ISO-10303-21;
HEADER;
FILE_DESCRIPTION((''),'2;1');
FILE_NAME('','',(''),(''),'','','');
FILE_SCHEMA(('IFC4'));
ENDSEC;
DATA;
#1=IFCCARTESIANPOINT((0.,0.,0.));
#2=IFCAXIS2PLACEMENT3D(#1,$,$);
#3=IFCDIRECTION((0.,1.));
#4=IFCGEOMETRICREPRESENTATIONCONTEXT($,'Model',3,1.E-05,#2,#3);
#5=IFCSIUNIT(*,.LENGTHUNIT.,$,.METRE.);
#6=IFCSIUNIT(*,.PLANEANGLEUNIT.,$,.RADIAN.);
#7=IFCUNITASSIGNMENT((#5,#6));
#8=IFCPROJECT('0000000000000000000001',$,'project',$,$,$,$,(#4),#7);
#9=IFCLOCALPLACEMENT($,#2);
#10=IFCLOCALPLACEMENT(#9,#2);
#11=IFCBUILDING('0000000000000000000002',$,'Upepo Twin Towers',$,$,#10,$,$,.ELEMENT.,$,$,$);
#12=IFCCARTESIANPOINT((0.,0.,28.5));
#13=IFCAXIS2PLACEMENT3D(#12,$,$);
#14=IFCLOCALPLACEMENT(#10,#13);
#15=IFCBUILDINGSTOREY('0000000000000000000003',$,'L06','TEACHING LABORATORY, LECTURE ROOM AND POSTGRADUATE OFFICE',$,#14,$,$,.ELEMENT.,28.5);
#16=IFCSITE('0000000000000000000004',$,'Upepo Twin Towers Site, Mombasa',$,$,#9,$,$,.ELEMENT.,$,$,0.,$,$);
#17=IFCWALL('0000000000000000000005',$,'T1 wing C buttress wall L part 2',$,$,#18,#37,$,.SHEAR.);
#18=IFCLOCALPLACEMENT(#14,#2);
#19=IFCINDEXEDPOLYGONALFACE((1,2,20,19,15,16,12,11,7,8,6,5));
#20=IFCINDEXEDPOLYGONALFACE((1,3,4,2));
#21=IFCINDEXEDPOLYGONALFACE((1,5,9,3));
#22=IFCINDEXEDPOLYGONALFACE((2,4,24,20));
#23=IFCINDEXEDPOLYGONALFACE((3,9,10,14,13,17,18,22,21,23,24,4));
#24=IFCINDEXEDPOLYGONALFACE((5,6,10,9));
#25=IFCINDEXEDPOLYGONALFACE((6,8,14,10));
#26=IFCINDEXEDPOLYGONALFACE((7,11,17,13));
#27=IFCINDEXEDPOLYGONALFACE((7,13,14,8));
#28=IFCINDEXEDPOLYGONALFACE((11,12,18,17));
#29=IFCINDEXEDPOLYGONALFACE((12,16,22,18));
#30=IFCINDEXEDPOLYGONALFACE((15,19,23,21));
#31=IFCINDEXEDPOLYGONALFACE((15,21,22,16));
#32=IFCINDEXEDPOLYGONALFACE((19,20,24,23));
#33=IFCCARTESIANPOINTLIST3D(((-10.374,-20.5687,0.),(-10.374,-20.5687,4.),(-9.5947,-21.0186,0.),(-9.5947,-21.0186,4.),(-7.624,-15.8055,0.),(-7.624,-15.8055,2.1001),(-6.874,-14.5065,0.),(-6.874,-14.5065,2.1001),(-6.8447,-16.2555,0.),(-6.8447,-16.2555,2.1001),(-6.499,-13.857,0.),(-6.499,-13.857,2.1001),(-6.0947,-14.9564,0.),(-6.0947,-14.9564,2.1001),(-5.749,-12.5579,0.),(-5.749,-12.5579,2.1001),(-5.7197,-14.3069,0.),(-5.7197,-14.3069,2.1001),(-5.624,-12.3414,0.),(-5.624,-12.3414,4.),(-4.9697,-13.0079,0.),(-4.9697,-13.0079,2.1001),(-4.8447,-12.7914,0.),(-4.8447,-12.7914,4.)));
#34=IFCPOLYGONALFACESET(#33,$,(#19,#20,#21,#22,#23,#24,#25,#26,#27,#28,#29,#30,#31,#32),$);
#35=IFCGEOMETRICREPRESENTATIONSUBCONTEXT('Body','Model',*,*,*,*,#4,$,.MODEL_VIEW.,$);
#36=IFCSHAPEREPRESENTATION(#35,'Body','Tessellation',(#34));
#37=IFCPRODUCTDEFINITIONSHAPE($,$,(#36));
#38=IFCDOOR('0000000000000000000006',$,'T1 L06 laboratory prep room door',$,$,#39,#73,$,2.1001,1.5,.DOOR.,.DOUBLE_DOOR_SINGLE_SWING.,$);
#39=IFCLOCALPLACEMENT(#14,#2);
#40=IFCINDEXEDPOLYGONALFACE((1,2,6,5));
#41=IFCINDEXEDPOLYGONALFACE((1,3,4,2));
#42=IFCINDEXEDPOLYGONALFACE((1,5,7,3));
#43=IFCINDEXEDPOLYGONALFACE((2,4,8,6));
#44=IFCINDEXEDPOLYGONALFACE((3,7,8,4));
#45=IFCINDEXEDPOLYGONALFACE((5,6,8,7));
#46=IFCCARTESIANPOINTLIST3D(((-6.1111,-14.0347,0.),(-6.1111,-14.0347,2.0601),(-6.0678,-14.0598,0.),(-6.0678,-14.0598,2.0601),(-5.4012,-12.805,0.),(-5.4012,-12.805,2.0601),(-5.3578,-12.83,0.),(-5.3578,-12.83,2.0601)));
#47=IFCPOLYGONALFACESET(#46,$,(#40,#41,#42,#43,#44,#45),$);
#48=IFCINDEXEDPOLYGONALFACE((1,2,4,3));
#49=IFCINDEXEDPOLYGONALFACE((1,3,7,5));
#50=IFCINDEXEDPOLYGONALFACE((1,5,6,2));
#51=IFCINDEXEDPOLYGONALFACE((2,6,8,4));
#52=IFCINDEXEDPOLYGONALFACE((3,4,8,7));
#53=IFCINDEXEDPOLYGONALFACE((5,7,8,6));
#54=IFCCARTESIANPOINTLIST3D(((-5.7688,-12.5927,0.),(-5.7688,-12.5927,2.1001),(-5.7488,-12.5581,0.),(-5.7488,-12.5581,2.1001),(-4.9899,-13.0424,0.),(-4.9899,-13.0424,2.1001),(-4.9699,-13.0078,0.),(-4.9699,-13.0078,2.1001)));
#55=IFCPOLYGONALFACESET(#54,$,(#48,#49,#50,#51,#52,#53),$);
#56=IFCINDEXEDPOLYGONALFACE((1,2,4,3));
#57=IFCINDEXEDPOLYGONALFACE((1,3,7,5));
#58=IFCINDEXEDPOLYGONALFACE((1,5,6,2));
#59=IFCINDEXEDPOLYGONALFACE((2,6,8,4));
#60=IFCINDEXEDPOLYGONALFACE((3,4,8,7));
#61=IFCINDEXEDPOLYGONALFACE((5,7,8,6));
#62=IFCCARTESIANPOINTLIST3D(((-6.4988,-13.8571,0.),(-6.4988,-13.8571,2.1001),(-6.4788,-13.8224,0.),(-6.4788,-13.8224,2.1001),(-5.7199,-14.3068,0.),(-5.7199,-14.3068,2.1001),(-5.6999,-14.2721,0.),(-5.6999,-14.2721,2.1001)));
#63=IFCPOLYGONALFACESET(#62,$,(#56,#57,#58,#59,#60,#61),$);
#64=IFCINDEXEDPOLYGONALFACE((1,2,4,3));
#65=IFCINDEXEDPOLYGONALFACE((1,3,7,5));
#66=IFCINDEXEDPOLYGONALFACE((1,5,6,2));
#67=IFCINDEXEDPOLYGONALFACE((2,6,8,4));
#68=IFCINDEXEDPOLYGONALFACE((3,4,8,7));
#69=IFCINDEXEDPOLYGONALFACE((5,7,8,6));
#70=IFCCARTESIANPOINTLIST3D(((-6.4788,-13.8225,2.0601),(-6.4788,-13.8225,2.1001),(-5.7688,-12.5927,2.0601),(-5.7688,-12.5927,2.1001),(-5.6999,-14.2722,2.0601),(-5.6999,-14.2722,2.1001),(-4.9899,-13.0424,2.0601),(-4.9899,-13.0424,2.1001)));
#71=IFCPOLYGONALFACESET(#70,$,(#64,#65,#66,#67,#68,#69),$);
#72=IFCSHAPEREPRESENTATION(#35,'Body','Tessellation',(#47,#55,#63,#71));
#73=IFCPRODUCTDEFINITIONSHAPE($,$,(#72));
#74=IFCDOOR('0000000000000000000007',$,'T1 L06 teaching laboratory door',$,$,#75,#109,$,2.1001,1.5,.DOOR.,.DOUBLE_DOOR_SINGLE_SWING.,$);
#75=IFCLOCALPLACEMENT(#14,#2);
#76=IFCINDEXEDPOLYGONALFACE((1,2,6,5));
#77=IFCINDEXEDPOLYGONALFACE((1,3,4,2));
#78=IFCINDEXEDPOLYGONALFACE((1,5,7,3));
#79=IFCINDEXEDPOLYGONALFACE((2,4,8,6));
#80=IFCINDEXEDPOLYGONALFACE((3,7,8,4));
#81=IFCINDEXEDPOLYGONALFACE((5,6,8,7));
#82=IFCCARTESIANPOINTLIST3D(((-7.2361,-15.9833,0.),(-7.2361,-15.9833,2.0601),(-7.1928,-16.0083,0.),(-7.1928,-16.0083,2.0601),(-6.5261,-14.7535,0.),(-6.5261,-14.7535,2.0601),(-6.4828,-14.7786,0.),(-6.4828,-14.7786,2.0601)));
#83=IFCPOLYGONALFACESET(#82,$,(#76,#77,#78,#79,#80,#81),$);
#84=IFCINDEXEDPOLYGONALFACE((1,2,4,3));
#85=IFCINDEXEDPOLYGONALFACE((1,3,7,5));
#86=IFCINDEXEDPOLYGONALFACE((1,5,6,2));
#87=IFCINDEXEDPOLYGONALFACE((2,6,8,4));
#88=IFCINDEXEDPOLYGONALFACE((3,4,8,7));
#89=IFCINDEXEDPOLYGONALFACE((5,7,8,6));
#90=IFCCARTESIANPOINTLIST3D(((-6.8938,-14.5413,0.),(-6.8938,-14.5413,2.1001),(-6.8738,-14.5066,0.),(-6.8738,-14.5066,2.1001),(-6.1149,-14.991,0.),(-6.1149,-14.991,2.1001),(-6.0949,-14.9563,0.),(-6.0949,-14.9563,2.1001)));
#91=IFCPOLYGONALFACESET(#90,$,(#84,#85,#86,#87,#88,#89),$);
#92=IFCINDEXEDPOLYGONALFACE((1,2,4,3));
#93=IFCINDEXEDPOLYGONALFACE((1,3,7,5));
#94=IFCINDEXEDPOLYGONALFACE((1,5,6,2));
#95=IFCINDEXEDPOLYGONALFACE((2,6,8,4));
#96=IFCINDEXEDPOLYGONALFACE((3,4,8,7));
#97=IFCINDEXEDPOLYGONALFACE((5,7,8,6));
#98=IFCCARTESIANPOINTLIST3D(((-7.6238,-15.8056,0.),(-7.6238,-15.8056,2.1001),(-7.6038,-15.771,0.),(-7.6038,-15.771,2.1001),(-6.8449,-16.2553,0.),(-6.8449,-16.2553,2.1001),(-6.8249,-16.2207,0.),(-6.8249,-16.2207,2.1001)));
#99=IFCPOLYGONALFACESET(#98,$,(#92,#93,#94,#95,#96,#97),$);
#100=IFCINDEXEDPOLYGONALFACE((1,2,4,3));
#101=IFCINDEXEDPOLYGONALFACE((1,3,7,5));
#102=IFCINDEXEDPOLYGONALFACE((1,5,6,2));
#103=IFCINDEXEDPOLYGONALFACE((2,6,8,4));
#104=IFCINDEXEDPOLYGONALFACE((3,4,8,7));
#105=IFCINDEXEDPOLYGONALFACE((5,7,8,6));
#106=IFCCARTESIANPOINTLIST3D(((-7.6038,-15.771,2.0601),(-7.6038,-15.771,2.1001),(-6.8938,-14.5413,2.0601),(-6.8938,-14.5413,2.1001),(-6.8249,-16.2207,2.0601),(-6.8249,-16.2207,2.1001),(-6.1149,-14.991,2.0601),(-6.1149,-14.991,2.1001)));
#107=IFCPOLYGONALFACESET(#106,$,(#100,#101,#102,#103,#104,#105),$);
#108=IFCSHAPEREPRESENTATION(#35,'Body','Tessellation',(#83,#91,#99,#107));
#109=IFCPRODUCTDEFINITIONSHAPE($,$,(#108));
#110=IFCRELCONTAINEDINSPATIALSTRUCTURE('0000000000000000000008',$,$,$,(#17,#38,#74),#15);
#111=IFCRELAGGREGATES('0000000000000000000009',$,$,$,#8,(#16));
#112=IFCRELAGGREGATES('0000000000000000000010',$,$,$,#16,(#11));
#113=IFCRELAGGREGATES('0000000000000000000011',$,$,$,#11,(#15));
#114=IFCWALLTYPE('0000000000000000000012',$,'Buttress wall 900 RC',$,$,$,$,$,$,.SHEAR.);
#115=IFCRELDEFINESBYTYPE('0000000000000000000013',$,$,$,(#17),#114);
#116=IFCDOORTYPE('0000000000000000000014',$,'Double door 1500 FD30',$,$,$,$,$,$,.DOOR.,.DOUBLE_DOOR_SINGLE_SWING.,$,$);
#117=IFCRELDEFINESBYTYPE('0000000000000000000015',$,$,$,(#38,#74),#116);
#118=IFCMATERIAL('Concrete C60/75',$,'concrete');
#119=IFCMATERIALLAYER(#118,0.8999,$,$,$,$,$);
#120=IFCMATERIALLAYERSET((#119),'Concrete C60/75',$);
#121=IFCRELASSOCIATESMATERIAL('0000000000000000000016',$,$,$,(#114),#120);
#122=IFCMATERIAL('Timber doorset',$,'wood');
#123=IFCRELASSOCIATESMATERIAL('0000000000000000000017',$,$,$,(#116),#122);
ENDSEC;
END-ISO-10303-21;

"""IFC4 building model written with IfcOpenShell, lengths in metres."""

from ifc_helpers import new_model, si_unit, direction, frame, frame_2d, origin, place, context, subcontext, project, spatial, rectangle, extrude, material, layer, layer_set, type_object, element, fill, save


model = new_model("IFC4")

# Units and contexts
model_context = context("Model", 3, precision=1e-05, world=origin(), true_north=direction((0.0, 1.0)))
body_context = subcontext(model_context, "Body", "Model", "MODEL_VIEW")
ifc_project = project(units=[si_unit("LENGTHUNIT", "METRE"), si_unit("PLANEANGLEUNIT", "RADIAN")], contexts=[model_context])

# Site, building, storey
site_placement = place(None, origin())
site = spatial("IfcSite", under=ifc_project, at=site_placement, Name="Upepo Twin Towers Site, Mombasa", CompositionType="ELEMENT", RefElevation=0.0)
building_placement = place(site_placement, origin())
building = spatial("IfcBuilding", under=site, at=building_placement, Name="Upepo Twin Towers", CompositionType="ELEMENT")
storey_placement = place(building_placement, frame((0.0, 0.0, 28.5)))
storey = spatial("IfcBuildingStorey", under=building, at=storey_placement, Name="L06", Description="TEACHING LABORATORY, LECTURE ROOM AND POSTGRADUATE OFFICE", CompositionType="ELEMENT", Elevation=28.5)

# Wall, openings, doors
ifc_material_1 = material(Name="Concrete C60/75", Category="concrete")
ifc_layer_1 = layer(ifc_material_1, 0.8999)
ifc_layer_set_1 = layer_set([ifc_layer_1], Name="Concrete C60/75")
wall_type_1 = type_object("IfcWallType", Name="Buttress wall 900 RC", PredefinedType="SHEAR", material=ifc_layer_set_1)
wall_1_placement = place(storey_placement, frame((-5.2344, -12.5664, 0.0), z_axis=(0.0, 0.0, 1.0), x_axis=(-0.499998, -0.866027, 0.0)))
wall_1 = element("IfcWall", 1, at=wall_1_placement, inside=storey, type_object=wall_type_1, Name="T1 wing C buttress wall L part 2", PredefinedType="SHEAR", context=body_context, shape_type="SweptSolid", body=[
    extrude(rectangle(XDim=9.5, YDim=0.8999, at=frame_2d((4.75, 0.0))), origin(), (0.0, 0.0, 1.0), 4.0),
])
opening_1_placement = place(wall_1_placement, frame((0.25, 0.0, 0.0)))
opening_1 = element("IfcOpeningElement", 2, at=opening_1_placement, cuts=wall_1, PredefinedType="OPENING", context=body_context, shape_type="SweptSolid", body=[
    extrude(rectangle(XDim=1.5, YDim=2.1001, at=frame_2d((0.75, 1.05))), frame((0.0, 0.46, 0.0), z_axis=(0.0, -1.0, 0.0), x_axis=(1.0, 0.0, 0.0)), (0.0, 0.0, 1.0), 0.9199),
])
opening_2_placement = place(wall_1_placement, frame((2.5, 0.0, 0.0)))
opening_2 = element("IfcOpeningElement", 3, at=opening_2_placement, cuts=wall_1, PredefinedType="OPENING", context=body_context, shape_type="SweptSolid", body=[
    extrude(rectangle(XDim=1.5, YDim=2.1001, at=frame_2d((0.75, 1.05))), frame((0.0, 0.46, 0.0), z_axis=(0.0, -1.0, 0.0), x_axis=(1.0, 0.0, 0.0)), (0.0, 0.0, 1.0), 0.9199),
])
ifc_material_2 = material(Name="Timber doorset", Category="wood")
door_type_1 = type_object("IfcDoorType", Name="Double door 1500 FD30", OperationType="DOUBLE_DOOR_SINGLE_SWING", PredefinedType="DOOR", material=ifc_material_2)
door_1_placement = place(opening_1_placement, origin())
door_1 = element("IfcDoor", 4, at=door_1_placement, inside=storey, type_object=door_type_1, Name="T1 L06 laboratory prep room door", OperationType="DOUBLE_DOOR_SINGLE_SWING", OverallHeight=2.1001, OverallWidth=1.5, PredefinedType="DOOR", context=body_context, shape_type="SweptSolid", body=[
    extrude(rectangle(XDim=1.42, YDim=2.0601, at=frame_2d((0.75, 1.03))), frame((0.0, 0.0249, 0.0), z_axis=(0.0, -1.0, 0.0), x_axis=(1.0, 0.0, 0.0)), (0.0, 0.0, 1.0), 0.05),
    extrude(rectangle(XDim=0.04, YDim=2.1001, at=frame_2d((0.02, 1.05))), frame((0.0, 0.4497, 0.0), z_axis=(0.0, -1.0, 0.0), x_axis=(1.0, 0.0, 0.0)), (0.0, 0.0, 1.0), 0.8994),
    extrude(rectangle(XDim=0.04, YDim=2.1001, at=frame_2d((1.48, 1.05))), frame((0.0, 0.4497, 0.0), z_axis=(0.0, -1.0, 0.0), x_axis=(1.0, 0.0, 0.0)), (0.0, 0.0, 1.0), 0.8994),
    extrude(rectangle(XDim=1.42, YDim=0.04, at=frame_2d((0.75, 2.0801))), frame((0.0, 0.4497, 0.0), z_axis=(0.0, -1.0, 0.0), x_axis=(1.0, 0.0, 0.0)), (0.0, 0.0, 1.0), 0.8994),
])
fill(opening_1, door_1)
door_2_placement = place(opening_2_placement, origin())
door_2 = element("IfcDoor", 5, at=door_2_placement, inside=storey, type_object=door_type_1, Name="T1 L06 teaching laboratory door", OperationType="DOUBLE_DOOR_SINGLE_SWING", OverallHeight=2.1001, OverallWidth=1.5, PredefinedType="DOOR", context=body_context, shape_type="SweptSolid", body=[
    extrude(rectangle(XDim=1.42, YDim=2.0601, at=frame_2d((0.75, 1.03))), frame((0.0, 0.0249, 0.0), z_axis=(0.0, -1.0, 0.0), x_axis=(1.0, 0.0, 0.0)), (0.0, 0.0, 1.0), 0.05),
    extrude(rectangle(XDim=0.04, YDim=2.1001, at=frame_2d((0.02, 1.05))), frame((0.0, 0.4497, 0.0), z_axis=(0.0, -1.0, 0.0), x_axis=(1.0, 0.0, 0.0)), (0.0, 0.0, 1.0), 0.8994),
    extrude(rectangle(XDim=0.04, YDim=2.1001, at=frame_2d((1.48, 1.05))), frame((0.0, 0.4497, 0.0), z_axis=(0.0, -1.0, 0.0), x_axis=(1.0, 0.0, 0.0)), (0.0, 0.0, 1.0), 0.8994),
    extrude(rectangle(XDim=1.42, YDim=0.04, at=frame_2d((0.75, 2.0801))), frame((0.0, 0.4497, 0.0), z_axis=(0.0, -1.0, 0.0), x_axis=(1.0, 0.0, 0.0)), (0.0, 0.0, 1.0), 0.8994),
])
fill(opening_2, door_2)

save(model, "model.ifc")
